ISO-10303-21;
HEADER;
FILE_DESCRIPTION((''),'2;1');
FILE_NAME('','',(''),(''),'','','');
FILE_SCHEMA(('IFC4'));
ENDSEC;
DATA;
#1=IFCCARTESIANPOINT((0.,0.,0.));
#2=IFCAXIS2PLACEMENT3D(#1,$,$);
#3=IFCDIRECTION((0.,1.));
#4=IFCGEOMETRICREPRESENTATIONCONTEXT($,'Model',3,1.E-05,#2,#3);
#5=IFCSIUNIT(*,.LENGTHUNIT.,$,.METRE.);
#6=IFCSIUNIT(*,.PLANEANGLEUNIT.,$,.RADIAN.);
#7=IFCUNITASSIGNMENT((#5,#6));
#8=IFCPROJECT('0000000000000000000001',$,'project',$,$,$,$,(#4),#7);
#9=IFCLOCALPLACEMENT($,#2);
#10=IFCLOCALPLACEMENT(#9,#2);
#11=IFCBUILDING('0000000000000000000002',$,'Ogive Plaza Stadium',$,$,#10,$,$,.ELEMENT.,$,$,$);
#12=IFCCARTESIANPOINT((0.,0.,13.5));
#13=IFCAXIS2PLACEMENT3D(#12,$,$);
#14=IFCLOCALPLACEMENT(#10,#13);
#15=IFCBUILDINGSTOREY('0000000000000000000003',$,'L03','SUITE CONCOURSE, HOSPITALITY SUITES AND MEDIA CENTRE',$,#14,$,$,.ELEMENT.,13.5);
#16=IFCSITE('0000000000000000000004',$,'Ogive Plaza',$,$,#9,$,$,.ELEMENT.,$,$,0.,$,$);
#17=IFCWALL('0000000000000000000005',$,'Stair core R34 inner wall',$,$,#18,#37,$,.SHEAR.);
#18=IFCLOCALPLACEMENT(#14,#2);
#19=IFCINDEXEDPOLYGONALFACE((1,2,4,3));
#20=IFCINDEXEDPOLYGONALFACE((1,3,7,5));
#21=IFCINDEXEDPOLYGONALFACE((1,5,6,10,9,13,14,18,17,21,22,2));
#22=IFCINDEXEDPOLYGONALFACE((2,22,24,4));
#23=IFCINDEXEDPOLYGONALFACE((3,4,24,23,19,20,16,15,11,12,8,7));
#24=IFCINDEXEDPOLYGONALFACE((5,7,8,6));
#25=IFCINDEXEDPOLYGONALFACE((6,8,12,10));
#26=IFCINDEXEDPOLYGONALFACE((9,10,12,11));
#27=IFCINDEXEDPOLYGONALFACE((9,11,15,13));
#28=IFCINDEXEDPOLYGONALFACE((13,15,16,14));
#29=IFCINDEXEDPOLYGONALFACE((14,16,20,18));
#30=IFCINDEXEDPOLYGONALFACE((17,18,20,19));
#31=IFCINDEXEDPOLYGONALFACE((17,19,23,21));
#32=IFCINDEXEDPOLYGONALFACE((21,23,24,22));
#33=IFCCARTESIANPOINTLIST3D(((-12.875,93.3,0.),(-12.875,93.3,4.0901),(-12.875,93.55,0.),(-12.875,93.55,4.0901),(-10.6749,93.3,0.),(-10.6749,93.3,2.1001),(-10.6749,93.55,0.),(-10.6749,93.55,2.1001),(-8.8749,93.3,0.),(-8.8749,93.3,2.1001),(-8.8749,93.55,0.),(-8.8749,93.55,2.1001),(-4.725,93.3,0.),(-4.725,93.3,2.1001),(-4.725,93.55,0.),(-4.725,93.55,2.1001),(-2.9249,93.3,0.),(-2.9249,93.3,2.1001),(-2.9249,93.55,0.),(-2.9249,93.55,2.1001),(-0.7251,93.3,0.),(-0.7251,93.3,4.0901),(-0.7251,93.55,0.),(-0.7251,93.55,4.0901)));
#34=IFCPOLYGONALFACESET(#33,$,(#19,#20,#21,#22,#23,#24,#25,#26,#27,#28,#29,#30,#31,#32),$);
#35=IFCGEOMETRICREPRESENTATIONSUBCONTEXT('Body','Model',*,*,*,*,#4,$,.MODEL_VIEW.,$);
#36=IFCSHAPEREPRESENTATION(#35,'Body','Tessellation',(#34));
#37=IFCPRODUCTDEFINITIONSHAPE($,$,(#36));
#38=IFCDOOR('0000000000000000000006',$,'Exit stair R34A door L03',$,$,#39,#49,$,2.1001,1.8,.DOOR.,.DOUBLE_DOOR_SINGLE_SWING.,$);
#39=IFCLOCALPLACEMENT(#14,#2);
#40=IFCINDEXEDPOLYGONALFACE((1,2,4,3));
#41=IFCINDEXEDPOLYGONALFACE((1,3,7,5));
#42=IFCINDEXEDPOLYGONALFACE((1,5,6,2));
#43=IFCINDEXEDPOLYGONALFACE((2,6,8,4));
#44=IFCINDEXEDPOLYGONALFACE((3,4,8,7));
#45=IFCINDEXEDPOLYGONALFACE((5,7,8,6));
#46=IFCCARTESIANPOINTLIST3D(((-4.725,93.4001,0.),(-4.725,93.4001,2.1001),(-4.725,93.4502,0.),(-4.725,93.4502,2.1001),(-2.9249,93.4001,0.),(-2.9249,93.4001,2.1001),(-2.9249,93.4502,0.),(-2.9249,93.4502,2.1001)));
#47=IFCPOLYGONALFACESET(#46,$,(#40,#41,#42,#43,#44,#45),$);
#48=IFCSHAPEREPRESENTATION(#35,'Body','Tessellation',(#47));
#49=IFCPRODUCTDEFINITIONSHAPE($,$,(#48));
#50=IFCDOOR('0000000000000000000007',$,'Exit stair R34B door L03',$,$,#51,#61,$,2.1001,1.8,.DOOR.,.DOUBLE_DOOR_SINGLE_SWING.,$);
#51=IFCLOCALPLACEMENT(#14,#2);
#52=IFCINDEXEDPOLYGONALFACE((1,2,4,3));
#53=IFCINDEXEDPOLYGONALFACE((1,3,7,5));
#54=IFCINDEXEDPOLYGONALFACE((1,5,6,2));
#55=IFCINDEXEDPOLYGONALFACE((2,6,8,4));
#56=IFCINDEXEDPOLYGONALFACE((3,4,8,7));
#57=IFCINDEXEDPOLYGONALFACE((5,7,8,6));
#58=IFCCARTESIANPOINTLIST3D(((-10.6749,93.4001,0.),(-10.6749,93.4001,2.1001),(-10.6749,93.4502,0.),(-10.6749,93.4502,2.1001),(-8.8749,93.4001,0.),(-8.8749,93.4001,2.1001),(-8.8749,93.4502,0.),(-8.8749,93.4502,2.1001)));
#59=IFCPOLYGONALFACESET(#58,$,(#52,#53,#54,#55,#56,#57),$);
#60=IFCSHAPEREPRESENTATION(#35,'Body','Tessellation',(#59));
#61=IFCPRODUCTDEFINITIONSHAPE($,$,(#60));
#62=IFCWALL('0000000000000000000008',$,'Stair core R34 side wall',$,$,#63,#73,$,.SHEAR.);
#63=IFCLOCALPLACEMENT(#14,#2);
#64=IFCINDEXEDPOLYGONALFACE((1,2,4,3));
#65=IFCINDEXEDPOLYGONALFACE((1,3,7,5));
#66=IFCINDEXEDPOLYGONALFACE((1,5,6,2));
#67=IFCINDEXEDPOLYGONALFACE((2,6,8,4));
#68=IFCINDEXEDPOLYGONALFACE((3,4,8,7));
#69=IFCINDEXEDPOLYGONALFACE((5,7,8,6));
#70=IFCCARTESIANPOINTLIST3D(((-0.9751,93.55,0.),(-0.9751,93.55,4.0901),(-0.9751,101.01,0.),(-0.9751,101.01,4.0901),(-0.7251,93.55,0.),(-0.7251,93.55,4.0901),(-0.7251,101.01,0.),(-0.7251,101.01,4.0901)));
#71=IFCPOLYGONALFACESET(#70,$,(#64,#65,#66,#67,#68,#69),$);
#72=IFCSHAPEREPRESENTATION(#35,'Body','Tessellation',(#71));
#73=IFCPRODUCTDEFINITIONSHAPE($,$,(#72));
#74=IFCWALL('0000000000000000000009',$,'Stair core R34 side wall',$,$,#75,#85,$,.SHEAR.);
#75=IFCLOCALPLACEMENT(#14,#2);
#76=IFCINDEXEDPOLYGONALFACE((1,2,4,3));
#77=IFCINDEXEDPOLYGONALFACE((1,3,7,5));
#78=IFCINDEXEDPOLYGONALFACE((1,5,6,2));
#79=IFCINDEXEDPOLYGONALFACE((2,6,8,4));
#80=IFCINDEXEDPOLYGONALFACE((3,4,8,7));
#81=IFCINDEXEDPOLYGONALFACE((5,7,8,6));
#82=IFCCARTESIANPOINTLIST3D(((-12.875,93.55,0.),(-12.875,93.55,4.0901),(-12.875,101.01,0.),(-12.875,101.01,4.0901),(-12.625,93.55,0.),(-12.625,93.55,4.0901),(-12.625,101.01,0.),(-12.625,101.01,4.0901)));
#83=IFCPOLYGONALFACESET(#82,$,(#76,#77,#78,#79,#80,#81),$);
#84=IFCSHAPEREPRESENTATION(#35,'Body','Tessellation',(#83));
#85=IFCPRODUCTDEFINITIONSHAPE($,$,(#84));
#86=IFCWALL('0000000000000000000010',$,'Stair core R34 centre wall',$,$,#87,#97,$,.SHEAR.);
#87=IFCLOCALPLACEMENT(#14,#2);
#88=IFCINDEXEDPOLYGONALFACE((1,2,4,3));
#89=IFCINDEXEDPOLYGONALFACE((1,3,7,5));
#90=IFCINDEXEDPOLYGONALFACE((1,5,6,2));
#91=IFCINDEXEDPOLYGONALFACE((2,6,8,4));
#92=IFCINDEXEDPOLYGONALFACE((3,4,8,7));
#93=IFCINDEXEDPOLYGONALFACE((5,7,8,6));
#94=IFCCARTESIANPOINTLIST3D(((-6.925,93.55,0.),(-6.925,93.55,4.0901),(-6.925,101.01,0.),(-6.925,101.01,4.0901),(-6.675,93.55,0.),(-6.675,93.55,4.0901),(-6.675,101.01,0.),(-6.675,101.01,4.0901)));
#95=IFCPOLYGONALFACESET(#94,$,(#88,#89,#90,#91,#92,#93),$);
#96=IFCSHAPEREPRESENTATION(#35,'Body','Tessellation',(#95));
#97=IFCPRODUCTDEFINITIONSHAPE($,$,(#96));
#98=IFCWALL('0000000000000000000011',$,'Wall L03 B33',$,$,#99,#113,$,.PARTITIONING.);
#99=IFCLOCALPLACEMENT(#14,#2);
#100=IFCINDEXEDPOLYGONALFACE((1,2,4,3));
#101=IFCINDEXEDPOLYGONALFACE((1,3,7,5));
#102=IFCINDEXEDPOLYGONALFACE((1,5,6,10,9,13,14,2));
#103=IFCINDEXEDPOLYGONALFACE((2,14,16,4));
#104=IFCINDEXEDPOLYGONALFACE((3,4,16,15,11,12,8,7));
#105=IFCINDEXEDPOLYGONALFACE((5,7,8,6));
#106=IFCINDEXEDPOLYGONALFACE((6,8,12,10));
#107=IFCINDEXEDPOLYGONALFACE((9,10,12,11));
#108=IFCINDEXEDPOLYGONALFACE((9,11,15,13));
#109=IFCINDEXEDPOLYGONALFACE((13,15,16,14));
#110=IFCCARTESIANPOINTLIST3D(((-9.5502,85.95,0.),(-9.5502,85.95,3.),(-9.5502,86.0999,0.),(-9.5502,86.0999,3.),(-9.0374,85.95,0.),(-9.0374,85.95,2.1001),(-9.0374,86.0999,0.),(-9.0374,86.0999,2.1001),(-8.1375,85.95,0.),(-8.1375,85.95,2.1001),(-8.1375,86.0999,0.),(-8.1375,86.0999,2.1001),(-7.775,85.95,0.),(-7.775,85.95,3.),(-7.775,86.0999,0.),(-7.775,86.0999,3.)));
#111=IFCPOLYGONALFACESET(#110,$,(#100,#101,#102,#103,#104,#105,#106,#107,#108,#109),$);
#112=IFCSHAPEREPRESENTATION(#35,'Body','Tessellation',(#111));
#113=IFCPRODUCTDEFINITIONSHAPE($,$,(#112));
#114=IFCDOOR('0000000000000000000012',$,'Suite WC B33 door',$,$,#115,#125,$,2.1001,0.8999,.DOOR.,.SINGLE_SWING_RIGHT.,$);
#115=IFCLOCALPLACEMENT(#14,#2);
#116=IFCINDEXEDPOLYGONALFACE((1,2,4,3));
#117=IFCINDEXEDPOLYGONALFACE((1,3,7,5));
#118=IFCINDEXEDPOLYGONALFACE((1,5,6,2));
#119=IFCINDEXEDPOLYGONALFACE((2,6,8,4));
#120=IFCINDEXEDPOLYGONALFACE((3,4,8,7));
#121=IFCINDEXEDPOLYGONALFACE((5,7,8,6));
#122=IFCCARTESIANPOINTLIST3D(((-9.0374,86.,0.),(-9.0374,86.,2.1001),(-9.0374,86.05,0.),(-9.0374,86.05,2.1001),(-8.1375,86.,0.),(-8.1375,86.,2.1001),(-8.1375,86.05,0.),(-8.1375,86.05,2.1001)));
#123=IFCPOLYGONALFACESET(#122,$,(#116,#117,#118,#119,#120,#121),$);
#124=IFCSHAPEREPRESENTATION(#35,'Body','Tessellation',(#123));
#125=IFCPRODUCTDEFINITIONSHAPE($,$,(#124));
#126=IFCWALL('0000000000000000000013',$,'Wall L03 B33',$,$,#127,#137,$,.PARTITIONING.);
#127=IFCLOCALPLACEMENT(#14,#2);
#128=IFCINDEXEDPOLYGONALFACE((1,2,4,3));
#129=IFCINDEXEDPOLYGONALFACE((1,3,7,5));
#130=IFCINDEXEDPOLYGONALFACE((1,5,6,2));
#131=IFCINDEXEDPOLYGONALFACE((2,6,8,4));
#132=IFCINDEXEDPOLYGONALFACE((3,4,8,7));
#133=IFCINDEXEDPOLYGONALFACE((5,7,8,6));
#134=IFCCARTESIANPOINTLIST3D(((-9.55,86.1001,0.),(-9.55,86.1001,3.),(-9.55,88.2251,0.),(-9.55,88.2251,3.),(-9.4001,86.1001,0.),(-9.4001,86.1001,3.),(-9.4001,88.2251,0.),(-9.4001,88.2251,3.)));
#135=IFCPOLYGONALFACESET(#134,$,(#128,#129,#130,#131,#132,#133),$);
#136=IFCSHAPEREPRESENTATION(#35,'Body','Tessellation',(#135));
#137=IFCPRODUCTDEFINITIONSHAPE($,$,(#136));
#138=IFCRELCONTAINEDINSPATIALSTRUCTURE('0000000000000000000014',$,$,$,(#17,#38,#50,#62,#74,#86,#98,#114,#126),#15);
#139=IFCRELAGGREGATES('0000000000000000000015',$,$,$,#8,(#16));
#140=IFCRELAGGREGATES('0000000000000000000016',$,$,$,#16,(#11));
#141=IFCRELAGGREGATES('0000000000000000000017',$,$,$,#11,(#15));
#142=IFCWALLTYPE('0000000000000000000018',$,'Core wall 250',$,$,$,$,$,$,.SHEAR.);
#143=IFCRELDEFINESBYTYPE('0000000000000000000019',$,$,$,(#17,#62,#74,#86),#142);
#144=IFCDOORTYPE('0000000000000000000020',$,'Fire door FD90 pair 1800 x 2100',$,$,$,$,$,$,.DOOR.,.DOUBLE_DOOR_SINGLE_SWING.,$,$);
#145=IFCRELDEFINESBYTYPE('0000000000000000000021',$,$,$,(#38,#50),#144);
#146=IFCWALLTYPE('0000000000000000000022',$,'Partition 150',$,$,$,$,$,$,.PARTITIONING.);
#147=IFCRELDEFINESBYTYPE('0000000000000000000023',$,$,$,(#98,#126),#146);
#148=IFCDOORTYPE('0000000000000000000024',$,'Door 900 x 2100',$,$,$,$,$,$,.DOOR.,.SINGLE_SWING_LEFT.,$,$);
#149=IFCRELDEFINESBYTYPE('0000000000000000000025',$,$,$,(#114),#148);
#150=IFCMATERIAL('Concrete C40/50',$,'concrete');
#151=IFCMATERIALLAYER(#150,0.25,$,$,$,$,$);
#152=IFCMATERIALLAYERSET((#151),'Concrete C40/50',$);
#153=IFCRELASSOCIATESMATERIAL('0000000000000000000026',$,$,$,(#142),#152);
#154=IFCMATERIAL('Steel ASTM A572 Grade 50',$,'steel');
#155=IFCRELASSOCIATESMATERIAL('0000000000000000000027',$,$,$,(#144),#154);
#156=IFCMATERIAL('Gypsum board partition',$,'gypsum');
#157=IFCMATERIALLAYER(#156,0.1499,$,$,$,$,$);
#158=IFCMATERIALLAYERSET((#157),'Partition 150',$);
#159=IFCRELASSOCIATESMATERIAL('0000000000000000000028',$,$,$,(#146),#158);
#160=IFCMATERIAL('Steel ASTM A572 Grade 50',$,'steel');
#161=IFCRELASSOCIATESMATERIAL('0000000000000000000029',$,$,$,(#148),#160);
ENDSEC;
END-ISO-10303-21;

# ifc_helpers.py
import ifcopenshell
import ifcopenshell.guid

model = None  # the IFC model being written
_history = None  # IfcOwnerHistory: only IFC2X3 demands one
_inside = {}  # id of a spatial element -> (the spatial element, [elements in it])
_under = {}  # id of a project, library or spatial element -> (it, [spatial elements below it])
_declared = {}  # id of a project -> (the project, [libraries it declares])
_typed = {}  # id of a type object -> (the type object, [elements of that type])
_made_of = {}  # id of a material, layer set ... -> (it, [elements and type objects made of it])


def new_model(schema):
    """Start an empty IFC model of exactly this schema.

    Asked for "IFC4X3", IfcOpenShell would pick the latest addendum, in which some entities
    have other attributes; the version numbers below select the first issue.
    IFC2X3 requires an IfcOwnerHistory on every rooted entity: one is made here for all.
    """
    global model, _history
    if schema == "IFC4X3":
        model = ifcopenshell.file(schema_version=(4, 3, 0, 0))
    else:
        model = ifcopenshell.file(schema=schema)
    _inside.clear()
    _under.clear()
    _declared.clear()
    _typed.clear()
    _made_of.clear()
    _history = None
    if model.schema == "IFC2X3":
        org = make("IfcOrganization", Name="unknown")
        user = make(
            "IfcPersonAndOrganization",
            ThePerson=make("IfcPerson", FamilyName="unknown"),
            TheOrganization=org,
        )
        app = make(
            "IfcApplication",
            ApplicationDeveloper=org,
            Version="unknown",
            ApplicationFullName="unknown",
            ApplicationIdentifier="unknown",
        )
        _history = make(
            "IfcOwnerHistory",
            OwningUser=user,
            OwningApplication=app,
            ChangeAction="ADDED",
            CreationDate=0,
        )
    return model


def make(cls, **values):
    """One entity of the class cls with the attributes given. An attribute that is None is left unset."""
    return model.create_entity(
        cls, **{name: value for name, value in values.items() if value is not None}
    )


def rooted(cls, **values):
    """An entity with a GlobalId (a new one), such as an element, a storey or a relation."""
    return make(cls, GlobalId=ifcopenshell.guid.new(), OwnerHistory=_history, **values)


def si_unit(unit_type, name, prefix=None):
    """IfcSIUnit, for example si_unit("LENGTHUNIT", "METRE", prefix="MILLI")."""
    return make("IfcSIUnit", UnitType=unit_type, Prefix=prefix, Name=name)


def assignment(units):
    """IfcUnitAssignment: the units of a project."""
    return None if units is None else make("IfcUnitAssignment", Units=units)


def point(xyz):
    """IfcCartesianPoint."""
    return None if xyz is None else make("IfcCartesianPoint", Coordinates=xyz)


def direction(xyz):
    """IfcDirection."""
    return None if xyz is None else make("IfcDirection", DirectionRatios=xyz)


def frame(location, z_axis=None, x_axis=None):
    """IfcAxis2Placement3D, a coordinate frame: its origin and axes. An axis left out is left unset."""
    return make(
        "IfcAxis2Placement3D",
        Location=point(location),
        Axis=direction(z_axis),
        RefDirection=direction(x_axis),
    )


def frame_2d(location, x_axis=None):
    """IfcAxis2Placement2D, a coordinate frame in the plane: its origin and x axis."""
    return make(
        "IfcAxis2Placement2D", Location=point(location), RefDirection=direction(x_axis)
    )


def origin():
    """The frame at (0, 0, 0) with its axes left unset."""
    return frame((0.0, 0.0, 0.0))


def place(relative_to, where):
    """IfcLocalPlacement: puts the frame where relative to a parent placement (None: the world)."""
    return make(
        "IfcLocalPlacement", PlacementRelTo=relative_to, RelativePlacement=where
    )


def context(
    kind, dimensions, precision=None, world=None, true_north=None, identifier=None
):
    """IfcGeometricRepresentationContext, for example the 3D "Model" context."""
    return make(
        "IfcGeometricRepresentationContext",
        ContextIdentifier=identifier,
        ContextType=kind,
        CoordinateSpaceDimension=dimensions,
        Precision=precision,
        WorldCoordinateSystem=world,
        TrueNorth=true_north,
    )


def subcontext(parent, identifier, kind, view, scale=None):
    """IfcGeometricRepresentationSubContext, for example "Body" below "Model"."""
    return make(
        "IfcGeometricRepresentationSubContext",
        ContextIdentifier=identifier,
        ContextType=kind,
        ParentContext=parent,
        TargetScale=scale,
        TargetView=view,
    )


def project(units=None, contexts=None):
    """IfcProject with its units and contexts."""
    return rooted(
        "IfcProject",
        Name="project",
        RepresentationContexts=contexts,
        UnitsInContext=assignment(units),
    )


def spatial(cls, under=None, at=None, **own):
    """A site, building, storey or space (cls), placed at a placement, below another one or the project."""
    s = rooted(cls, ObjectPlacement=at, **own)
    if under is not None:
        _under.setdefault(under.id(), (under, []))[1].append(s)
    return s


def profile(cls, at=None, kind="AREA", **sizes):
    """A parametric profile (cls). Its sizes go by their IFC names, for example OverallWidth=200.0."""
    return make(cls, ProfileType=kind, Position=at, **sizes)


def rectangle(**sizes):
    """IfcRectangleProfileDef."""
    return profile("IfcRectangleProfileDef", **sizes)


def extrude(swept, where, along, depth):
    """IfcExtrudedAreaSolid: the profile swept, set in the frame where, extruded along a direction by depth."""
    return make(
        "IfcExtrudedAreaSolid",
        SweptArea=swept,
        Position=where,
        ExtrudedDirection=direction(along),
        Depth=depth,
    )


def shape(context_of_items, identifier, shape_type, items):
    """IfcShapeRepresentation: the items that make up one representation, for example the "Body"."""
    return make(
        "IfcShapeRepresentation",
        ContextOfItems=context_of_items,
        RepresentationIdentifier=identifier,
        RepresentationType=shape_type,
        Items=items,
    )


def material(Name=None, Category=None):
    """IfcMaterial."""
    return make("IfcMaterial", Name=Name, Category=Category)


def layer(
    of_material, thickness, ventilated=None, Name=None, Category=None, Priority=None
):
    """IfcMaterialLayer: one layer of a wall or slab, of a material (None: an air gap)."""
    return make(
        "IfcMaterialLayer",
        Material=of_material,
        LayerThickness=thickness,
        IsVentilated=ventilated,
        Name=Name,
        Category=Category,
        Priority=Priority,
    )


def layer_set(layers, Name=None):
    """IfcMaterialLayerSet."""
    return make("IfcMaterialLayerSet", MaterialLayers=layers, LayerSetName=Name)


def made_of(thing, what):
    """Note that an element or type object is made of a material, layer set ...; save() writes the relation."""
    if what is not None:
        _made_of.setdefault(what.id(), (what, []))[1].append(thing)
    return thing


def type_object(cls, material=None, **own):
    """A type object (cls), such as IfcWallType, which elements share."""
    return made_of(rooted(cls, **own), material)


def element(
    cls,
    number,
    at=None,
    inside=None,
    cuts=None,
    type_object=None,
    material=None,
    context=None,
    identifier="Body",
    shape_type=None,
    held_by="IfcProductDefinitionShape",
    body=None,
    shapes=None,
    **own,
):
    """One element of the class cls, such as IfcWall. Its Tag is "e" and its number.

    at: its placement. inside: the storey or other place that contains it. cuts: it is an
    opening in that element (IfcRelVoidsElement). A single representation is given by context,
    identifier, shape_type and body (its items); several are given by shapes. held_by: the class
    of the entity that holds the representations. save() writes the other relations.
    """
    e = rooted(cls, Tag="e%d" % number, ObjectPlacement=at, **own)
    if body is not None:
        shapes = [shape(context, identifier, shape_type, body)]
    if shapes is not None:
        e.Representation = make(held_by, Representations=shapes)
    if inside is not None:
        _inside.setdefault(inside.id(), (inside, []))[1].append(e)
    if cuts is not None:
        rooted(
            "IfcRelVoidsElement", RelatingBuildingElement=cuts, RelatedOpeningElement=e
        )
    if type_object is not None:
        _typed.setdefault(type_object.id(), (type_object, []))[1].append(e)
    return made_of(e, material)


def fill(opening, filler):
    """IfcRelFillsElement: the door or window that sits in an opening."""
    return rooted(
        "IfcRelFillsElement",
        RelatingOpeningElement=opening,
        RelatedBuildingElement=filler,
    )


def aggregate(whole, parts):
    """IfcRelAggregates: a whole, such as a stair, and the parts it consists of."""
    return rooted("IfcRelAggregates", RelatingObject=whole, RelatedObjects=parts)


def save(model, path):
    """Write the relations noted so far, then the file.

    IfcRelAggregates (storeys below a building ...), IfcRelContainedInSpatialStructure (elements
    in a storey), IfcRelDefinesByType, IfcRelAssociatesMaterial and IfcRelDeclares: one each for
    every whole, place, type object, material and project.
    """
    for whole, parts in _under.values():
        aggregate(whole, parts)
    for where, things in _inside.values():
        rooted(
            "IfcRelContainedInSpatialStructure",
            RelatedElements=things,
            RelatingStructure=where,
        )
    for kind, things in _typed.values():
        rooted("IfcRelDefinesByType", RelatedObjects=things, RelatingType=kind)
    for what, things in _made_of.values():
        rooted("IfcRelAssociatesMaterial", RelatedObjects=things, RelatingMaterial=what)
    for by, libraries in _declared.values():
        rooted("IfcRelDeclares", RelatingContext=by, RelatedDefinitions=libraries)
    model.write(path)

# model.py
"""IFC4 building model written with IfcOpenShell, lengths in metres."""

from ifc_helpers import new_model, si_unit, direction, frame, frame_2d, origin, place, context, subcontext, project, spatial, rectangle, extrude, material, layer, layer_set, type_object, element, fill, save


model = new_model("IFC4")

# Units and contexts
model_context = context("Model", 3, precision=1e-05, world=origin(), true_north=direction((0.0, 1.0)))
body_context = subcontext(model_context, "Body", "Model", "MODEL_VIEW")
ifc_project = project(units=[si_unit("LENGTHUNIT", "METRE"), si_unit("PLANEANGLEUNIT", "RADIAN")], contexts=[model_context])

# Site, building, storey
site_placement = place(None, origin())
site = spatial("IfcSite", under=ifc_project, at=site_placement, Name="Ogive Plaza", CompositionType="ELEMENT", RefElevation=0.0)
building_placement = place(site_placement, origin())
building = spatial("IfcBuilding", under=site, at=building_placement, Name="Ogive Plaza Stadium", CompositionType="ELEMENT")
storey_placement = place(building_placement, frame((0.0, 0.0, 13.5)))
storey = spatial("IfcBuildingStorey", under=building, at=storey_placement, Name="L03", Description="SUITE CONCOURSE, HOSPITALITY SUITES AND MEDIA CENTRE", CompositionType="ELEMENT", Elevation=13.5)

# Wall, openings, doors
ifc_material_1 = material(Name="Concrete C40/50", Category="concrete")
ifc_layer_1 = layer(ifc_material_1, 0.25)
ifc_layer_set_1 = layer_set([ifc_layer_1], Name="Concrete C40/50")
wall_type_1 = type_object("IfcWallType", Name="Core wall 250", PredefinedType="SHEAR", material=ifc_layer_set_1)
wall_1_placement = place(storey_placement, frame((-0.7251, 93.425, 0.0), z_axis=(0.0, 0.0, 1.0), x_axis=(-1.0, 0.0, 0.0)))
wall_1 = element("IfcWall", 1, at=wall_1_placement, inside=storey, type_object=wall_type_1, Name="Stair core R34 inner wall", PredefinedType="SHEAR", context=body_context, shape_type="SweptSolid", body=[
    extrude(rectangle(XDim=12.1499, YDim=0.25, at=frame_2d((6.075, 0.0))), origin(), (0.0, 0.0, 1.0), 4.0901),
])
opening_1_placement = place(wall_1_placement, frame((2.2, 0.0, 0.0)))
opening_1 = element("IfcOpeningElement", 2, at=opening_1_placement, cuts=wall_1, PredefinedType="OPENING", context=body_context, shape_type="SweptSolid", body=[
    extrude(rectangle(XDim=1.8, YDim=2.1001, at=frame_2d((0.8999, 1.05))), frame((0.0, 0.125, 0.0), z_axis=(0.0, -1.0, 0.0), x_axis=(1.0, 0.0, 0.0)), (0.0, 0.0, 1.0), 0.25),
])
opening_2_placement = place(wall_1_placement, frame((8.1499, 0.0, 0.0)))
opening_2 = element("IfcOpeningElement", 3, at=opening_2_placement, cuts=wall_1, PredefinedType="OPENING", context=body_context, shape_type="SweptSolid", body=[
    extrude(rectangle(XDim=1.8, YDim=2.1001, at=frame_2d((0.8999, 1.05))), frame((0.0, 0.125, 0.0), z_axis=(0.0, -1.0, 0.0), x_axis=(1.0, 0.0, 0.0)), (0.0, 0.0, 1.0), 0.25),
])
ifc_material_2 = material(Name="Steel ASTM A572 Grade 50", Category="steel")
door_type_1 = type_object("IfcDoorType", Name="Fire door FD90 pair 1800 x 2100", OperationType="DOUBLE_DOOR_SINGLE_SWING", PredefinedType="DOOR", material=ifc_material_2)
door_1_placement = place(opening_1_placement, origin())
door_1 = element("IfcDoor", 4, at=door_1_placement, inside=storey, type_object=door_type_1, Name="Exit stair R34A door L03", OperationType="DOUBLE_DOOR_SINGLE_SWING", OverallHeight=2.1001, OverallWidth=1.8, PredefinedType="DOOR", context=body_context, shape_type="SweptSolid", body=[
    extrude(rectangle(XDim=1.8, YDim=2.1001, at=frame_2d((0.8999, 1.05))), frame((0.0, 0.0249, 0.0), z_axis=(0.0, -1.0, 0.0), x_axis=(1.0, 0.0, 0.0)), (0.0, 0.0, 1.0), 0.05),
])
fill(opening_1, door_1)
door_2_placement = place(opening_2_placement, origin())
door_2 = element("IfcDoor", 5, at=door_2_placement, inside=storey, type_object=door_type_1, Name="Exit stair R34B door L03", OperationType="DOUBLE_DOOR_SINGLE_SWING", OverallHeight=2.1001, OverallWidth=1.8, PredefinedType="DOOR", context=body_context, shape_type="SweptSolid", body=[
    extrude(rectangle(XDim=1.8, YDim=2.1001, at=frame_2d((0.8999, 1.05))), frame((0.0, 0.0249, 0.0), z_axis=(0.0, -1.0, 0.0), x_axis=(1.0, 0.0, 0.0)), (0.0, 0.0, 1.0), 0.05),
])
fill(opening_2, door_2)

# Walls
for number, where, z_axis, x_axis, name in (
    (6, (-0.8501, 93.55, 0.0), (0.0, 0.0, 1.0), (0.0, 1.0, 0.0), "Stair core R34 side wall"),
    (7, (-12.75, 93.55, 0.0), (0.0, 0.0, 1.0), (0.0, 1.0, 0.0), "Stair core R34 side wall"),
    (8, (-6.8, 93.55, 0.0), (0.0, 0.0, 1.0), (0.0, 1.0, 0.0), "Stair core R34 centre wall"),
):
    element("IfcWall", number, at=place(storey_placement, frame(where, z_axis=z_axis, x_axis=x_axis)), inside=storey, type_object=wall_type_1, Name=name, PredefinedType="SHEAR", context=body_context, shape_type="SweptSolid", body=[
        extrude(rectangle(XDim=7.46, YDim=0.25, at=frame_2d((3.73, 0.0))), origin(), (0.0, 0.0, 1.0), 4.0901),
    ])

# Wall, opening, door
ifc_material_3 = material(Name="Gypsum board partition", Category="gypsum")
ifc_layer_2 = layer(ifc_material_3, 0.1499)
ifc_layer_set_2 = layer_set([ifc_layer_2], Name="Partition 150")
wall_type_2 = type_object("IfcWallType", Name="Partition 150", PredefinedType="PARTITIONING", material=ifc_layer_set_2)
wall_2_placement = place(storey_placement, frame((-7.7749, 86.0249, 0.0), z_axis=(0.0, 0.0, 1.0), x_axis=(-1.0, 0.0, 0.0)))
wall_2 = element("IfcWall", 9, at=wall_2_placement, inside=storey, type_object=wall_type_2, Name="Wall L03 B33", PredefinedType="PARTITIONING", context=body_context, shape_type="SweptSolid", body=[
    extrude(rectangle(XDim=1.7751, YDim=0.1499, at=frame_2d((0.8877, 0.0))), origin(), (0.0, 0.0, 1.0), 3.0),
])
opening_3_placement = place(wall_2_placement, frame((0.3625, 0.0, 0.0)))
opening_3 = element("IfcOpeningElement", 10, at=opening_3_placement, cuts=wall_2, PredefinedType="OPENING", context=body_context, shape_type="SweptSolid", body=[
    extrude(rectangle(XDim=0.8999, YDim=2.1001, at=frame_2d((0.45, 1.05))), frame((0.0, 0.075, 0.0), z_axis=(0.0, -1.0, 0.0), x_axis=(1.0, 0.0, 0.0)), (0.0, 0.0, 1.0), 0.1499),
])
ifc_material_4 = material(Name="Steel ASTM A572 Grade 50", Category="steel")
door_type_2 = type_object("IfcDoorType", Name="Door 900 x 2100", OperationType="SINGLE_SWING_LEFT", PredefinedType="DOOR", material=ifc_material_4)
door_3_placement = place(opening_3_placement, origin())
door_3 = element("IfcDoor", 11, at=door_3_placement, inside=storey, type_object=door_type_2, Name="Suite WC B33 door", OperationType="SINGLE_SWING_RIGHT", OverallHeight=2.1001, OverallWidth=0.8999, PredefinedType="DOOR", context=body_context, shape_type="SweptSolid", body=[
    extrude(rectangle(XDim=0.8999, YDim=2.1001, at=frame_2d((0.45, 1.05))), frame((0.0, 0.0249, 0.0), z_axis=(0.0, -1.0, 0.0), x_axis=(1.0, 0.0, 0.0)), (0.0, 0.0, 1.0), 0.05),
])
fill(opening_3, door_3)

# Wall
wall_3_placement = place(storey_placement, frame((-9.4751, 86.1001, 0.0), z_axis=(0.0, 0.0, 1.0), x_axis=(0.0, 1.0, 0.0)))
element("IfcWall", 12, at=wall_3_placement, inside=storey, type_object=wall_type_2, Name="Wall L03 B33", PredefinedType="PARTITIONING", context=body_context, shape_type="SweptSolid", body=[
    extrude(rectangle(XDim=2.125, YDim=0.1499, at=frame_2d((1.0625, 0.0))), origin(), (0.0, 0.0, 1.0), 3.0),
])

save(model, "model.ifc")
